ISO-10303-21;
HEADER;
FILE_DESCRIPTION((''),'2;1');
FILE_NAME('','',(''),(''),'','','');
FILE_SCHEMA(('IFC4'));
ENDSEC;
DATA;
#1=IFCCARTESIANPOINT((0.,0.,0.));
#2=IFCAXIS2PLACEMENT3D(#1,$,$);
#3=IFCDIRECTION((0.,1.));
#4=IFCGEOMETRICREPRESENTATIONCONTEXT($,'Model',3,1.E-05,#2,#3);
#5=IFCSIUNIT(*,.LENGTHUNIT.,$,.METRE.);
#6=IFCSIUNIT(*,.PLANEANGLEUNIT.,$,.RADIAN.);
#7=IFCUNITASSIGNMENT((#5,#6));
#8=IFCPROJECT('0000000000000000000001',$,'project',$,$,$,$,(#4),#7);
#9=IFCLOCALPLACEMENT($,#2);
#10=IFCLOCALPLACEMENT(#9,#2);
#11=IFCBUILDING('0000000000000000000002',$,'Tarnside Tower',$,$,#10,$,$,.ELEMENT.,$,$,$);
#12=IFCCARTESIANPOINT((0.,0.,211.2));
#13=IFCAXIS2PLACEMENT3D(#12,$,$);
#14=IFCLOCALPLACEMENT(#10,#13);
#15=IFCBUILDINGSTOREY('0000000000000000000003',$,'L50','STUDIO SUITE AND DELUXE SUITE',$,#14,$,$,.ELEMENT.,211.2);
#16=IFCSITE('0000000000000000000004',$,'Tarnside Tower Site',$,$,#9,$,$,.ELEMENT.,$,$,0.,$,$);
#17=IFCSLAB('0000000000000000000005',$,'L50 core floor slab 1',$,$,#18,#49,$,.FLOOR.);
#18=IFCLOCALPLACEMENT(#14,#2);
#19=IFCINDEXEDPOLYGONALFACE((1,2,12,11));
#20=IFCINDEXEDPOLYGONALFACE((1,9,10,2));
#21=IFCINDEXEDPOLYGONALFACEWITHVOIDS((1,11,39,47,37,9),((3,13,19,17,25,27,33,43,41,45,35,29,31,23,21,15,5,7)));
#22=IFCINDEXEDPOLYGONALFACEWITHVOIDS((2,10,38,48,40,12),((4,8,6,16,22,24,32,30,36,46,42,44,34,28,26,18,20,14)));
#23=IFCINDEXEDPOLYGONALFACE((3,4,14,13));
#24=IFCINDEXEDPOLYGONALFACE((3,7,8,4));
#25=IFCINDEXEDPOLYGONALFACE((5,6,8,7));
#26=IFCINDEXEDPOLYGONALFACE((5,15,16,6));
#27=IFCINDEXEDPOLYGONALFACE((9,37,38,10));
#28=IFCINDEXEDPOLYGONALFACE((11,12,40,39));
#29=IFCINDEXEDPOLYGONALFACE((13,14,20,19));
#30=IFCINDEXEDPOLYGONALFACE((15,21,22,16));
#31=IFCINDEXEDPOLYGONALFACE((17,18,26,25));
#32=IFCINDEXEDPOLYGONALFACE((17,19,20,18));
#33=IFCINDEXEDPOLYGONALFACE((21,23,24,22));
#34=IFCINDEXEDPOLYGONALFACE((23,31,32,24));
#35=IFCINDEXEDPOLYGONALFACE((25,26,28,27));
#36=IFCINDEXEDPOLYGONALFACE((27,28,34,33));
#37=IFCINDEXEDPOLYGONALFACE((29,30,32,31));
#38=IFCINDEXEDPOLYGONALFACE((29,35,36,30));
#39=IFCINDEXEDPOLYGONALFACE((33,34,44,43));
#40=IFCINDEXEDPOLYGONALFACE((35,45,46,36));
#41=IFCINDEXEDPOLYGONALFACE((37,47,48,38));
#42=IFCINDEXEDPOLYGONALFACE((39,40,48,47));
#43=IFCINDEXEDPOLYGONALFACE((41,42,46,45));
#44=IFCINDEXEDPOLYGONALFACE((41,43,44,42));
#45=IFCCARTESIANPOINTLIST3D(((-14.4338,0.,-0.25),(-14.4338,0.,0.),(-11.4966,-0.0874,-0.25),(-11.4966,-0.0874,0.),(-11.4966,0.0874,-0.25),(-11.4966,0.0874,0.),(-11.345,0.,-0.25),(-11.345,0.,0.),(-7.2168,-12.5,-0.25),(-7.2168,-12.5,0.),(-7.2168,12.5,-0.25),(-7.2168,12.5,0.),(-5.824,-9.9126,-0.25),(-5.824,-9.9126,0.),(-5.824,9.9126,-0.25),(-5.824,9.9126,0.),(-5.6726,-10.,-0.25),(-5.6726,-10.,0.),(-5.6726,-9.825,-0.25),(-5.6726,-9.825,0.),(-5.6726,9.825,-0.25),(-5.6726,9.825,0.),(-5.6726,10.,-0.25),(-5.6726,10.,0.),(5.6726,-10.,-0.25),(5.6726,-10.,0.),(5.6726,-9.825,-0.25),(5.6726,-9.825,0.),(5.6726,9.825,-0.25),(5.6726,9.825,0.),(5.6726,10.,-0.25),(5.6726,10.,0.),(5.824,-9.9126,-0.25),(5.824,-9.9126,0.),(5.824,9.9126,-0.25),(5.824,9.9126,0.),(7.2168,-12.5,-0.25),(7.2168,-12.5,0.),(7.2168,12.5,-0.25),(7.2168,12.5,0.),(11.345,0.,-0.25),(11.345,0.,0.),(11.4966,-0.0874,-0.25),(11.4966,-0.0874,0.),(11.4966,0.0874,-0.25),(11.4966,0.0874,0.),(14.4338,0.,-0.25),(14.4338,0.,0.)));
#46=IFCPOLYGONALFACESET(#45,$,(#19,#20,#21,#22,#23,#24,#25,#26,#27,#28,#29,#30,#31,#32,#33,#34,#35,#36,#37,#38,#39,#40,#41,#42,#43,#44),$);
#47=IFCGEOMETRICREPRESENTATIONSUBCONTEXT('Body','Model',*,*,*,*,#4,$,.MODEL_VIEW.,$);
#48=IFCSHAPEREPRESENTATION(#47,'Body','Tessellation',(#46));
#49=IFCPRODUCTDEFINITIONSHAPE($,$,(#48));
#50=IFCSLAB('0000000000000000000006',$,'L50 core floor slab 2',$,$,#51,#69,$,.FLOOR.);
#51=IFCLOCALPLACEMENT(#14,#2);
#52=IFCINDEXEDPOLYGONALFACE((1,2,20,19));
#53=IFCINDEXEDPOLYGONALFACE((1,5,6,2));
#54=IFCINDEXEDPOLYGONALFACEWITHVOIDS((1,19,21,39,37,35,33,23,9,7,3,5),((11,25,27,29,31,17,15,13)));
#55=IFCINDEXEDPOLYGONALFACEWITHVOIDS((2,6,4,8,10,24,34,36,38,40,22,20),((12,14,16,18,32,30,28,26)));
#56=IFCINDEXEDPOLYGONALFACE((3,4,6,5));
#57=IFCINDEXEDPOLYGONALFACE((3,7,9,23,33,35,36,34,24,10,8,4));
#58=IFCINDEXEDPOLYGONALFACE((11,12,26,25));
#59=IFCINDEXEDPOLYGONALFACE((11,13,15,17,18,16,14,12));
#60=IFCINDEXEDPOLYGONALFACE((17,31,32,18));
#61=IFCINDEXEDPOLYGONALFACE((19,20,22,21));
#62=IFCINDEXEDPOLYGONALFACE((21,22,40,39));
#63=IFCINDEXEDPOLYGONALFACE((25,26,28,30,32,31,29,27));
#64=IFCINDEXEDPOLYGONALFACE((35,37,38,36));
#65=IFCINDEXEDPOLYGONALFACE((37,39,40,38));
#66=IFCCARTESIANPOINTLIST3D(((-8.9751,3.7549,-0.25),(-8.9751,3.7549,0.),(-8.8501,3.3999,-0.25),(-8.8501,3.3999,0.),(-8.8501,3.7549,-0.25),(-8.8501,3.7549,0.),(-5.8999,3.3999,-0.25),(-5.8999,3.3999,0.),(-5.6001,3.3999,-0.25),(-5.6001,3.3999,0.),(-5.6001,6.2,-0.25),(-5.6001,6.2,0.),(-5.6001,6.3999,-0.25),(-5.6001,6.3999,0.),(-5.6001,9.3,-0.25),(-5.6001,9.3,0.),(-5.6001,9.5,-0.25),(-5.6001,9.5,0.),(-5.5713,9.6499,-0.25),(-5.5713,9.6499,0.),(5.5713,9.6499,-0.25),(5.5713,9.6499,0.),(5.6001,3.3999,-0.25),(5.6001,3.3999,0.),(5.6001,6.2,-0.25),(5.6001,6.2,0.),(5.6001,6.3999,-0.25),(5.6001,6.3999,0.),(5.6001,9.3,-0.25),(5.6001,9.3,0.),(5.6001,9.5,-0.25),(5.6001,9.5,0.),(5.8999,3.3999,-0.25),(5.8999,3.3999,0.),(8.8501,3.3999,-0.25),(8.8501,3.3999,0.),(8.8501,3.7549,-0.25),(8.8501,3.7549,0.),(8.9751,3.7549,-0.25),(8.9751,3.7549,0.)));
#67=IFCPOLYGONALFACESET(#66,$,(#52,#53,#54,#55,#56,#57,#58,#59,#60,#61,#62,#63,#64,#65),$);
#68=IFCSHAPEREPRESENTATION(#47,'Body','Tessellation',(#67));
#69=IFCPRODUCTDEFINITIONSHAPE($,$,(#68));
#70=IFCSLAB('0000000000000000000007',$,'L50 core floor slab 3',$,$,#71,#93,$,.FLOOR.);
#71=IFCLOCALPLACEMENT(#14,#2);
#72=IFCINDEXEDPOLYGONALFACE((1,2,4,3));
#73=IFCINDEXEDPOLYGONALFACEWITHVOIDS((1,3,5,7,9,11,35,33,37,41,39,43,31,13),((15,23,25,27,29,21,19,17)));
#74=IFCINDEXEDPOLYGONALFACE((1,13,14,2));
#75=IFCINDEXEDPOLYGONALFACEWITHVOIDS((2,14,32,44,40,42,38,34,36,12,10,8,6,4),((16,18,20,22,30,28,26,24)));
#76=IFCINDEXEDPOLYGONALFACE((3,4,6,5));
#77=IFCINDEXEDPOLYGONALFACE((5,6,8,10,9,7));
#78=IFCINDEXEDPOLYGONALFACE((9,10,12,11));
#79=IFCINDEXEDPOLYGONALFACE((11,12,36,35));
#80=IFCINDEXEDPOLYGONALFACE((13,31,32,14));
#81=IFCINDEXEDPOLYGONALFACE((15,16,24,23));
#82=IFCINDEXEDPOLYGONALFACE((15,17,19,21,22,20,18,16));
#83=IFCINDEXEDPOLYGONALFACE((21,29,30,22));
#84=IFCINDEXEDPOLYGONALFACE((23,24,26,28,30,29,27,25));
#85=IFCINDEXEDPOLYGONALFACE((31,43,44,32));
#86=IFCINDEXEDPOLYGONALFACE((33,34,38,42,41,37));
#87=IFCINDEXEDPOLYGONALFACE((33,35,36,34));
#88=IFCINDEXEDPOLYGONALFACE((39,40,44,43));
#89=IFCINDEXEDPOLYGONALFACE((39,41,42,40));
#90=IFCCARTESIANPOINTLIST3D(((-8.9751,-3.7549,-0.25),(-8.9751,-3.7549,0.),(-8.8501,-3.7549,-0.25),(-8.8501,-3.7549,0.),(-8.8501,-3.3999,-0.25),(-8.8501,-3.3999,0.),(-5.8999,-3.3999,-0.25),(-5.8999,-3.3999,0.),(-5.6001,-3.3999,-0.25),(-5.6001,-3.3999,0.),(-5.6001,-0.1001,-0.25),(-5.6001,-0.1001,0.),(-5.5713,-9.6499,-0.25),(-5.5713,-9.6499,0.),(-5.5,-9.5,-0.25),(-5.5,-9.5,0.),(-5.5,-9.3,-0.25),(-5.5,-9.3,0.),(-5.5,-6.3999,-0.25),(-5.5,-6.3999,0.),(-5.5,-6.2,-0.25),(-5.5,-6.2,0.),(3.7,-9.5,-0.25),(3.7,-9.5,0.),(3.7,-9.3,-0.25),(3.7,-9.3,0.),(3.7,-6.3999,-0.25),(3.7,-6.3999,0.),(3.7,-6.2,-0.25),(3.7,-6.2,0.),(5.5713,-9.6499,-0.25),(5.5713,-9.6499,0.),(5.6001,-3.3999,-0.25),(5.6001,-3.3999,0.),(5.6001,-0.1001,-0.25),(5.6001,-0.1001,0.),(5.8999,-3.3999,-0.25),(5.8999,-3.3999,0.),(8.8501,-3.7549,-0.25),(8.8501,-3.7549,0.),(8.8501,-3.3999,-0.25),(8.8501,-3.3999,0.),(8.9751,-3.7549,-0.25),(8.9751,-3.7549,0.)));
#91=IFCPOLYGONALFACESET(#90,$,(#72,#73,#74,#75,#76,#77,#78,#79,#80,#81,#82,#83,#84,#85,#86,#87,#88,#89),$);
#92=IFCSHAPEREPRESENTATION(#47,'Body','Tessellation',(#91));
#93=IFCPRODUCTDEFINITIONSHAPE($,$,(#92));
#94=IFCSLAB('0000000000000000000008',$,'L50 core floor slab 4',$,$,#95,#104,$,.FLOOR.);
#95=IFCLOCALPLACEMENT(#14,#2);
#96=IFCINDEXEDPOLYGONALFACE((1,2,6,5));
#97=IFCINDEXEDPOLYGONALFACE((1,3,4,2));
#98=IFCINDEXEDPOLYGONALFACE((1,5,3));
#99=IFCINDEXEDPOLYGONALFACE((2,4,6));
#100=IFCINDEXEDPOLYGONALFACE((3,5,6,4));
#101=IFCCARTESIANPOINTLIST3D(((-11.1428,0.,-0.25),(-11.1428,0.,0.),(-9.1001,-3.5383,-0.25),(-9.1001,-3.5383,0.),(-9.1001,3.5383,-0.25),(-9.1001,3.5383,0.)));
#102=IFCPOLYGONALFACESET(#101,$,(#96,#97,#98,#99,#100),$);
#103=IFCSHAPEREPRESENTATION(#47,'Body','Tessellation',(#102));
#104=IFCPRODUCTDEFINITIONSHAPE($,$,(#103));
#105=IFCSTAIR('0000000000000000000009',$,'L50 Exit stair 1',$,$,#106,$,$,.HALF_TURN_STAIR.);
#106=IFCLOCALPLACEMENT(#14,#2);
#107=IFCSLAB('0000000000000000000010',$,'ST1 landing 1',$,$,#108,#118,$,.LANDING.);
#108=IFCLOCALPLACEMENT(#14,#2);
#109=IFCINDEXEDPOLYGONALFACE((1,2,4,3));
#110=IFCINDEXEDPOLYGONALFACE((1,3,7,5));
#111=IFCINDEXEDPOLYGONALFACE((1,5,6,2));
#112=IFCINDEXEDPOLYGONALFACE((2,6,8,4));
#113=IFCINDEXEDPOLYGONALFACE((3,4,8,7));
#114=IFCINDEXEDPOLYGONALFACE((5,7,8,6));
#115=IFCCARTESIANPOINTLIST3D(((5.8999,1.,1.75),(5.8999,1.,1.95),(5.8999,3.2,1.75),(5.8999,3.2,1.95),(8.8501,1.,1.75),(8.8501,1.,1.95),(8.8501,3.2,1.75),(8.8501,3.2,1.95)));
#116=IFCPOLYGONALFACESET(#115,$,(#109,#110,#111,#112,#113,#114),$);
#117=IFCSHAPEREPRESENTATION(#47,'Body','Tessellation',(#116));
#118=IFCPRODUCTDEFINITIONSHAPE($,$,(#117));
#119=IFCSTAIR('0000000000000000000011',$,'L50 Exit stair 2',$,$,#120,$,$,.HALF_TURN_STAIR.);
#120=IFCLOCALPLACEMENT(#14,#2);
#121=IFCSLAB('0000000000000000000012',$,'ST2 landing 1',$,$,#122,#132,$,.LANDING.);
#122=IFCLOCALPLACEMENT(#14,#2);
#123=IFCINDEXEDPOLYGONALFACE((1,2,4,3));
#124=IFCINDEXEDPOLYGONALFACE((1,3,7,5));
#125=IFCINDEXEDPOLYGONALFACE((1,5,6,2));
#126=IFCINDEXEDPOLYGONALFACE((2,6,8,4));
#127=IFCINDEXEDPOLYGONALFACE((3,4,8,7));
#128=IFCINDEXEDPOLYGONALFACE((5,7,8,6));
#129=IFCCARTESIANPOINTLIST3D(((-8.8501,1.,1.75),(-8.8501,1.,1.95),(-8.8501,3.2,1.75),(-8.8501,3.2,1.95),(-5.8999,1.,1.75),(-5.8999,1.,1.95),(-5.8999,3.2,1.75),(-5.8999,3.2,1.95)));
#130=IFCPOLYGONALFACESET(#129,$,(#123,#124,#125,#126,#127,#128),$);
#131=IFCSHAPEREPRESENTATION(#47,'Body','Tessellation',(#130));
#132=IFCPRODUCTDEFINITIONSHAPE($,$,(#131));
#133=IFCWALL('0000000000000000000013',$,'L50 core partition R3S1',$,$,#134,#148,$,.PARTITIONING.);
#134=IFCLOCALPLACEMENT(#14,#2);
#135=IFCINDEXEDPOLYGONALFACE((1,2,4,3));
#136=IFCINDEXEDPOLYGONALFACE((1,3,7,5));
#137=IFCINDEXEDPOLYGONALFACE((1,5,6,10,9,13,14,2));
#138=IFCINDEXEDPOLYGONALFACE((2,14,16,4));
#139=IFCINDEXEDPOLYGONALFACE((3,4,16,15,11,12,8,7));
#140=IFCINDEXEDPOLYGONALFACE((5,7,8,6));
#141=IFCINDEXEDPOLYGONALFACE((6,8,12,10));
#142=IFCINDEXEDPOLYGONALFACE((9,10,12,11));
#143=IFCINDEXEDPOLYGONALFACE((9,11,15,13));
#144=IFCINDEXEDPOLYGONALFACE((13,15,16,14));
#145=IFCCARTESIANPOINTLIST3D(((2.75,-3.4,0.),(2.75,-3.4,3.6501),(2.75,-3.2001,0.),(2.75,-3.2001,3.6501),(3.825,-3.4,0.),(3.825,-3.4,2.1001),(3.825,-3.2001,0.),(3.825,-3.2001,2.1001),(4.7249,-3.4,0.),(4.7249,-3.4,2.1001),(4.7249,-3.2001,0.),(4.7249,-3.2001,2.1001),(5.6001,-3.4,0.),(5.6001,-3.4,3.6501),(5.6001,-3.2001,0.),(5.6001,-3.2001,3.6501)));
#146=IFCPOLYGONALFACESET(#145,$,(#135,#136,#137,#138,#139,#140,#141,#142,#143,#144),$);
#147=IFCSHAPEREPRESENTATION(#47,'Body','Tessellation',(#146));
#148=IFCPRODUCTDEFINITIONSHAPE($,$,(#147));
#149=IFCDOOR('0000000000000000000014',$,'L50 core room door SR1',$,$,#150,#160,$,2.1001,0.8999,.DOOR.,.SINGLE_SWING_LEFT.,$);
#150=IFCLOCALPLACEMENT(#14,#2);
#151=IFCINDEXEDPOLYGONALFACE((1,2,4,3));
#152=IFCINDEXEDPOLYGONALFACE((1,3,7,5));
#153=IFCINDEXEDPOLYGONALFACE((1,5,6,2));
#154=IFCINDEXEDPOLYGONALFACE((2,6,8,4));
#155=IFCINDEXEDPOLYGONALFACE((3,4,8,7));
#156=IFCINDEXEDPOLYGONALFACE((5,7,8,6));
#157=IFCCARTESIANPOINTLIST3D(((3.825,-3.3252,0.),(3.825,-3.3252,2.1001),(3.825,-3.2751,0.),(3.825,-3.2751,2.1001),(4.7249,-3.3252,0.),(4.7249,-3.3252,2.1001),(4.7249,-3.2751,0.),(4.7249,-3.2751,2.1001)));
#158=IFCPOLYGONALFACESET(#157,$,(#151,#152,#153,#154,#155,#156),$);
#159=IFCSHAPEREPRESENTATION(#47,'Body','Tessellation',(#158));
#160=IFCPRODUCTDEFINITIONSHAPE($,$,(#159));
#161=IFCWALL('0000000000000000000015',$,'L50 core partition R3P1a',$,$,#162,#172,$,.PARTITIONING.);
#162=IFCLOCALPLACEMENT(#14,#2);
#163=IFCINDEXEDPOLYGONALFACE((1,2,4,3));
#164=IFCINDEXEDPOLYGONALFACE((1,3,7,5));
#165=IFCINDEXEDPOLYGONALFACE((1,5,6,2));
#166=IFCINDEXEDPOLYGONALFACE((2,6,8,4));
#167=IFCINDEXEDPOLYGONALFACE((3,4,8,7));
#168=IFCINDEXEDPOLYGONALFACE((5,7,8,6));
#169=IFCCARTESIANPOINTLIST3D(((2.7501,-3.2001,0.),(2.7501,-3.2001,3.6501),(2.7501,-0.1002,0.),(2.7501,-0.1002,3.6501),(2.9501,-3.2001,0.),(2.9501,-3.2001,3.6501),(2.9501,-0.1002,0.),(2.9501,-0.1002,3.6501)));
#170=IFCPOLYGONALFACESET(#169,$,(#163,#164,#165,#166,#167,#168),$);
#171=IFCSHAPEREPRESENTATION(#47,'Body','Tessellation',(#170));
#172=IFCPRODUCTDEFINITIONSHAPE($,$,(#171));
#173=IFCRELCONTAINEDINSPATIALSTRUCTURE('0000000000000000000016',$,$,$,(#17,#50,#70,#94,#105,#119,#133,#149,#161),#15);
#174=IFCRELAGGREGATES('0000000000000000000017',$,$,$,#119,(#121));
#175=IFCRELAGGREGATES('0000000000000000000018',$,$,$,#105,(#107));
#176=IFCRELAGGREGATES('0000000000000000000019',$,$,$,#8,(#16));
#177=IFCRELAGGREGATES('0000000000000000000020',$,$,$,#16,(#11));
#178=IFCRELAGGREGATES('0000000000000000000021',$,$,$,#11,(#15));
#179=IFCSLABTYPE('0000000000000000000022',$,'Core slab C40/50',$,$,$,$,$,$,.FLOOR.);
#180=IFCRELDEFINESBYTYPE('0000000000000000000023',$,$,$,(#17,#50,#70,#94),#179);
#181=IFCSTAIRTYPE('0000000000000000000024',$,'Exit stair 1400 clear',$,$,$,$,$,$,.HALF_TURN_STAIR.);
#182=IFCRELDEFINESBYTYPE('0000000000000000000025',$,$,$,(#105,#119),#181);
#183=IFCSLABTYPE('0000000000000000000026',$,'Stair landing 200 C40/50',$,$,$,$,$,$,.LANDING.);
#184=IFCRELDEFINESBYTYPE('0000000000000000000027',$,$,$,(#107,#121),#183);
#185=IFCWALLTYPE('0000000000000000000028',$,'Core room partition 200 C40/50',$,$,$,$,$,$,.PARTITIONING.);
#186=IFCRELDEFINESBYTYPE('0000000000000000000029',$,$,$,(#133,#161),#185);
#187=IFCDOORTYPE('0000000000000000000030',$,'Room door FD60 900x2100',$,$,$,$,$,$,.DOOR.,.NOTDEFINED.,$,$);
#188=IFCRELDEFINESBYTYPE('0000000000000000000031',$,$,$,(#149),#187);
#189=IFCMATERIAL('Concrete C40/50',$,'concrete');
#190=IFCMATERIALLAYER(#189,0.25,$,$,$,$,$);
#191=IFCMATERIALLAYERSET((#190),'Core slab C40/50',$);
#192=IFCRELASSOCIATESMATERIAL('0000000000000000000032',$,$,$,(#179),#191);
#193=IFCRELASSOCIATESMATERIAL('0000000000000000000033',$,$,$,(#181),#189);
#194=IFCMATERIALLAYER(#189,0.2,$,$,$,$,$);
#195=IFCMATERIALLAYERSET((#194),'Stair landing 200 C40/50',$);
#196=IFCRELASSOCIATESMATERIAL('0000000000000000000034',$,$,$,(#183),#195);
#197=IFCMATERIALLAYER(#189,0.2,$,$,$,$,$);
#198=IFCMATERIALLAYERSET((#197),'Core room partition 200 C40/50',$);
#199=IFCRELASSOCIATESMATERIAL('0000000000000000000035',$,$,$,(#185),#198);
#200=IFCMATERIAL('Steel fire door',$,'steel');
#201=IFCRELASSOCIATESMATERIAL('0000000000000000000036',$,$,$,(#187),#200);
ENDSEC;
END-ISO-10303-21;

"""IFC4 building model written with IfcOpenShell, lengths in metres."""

from ifc_helpers import new_model, si_unit, direction, frame, frame_2d, origin, place, context, subcontext, project, spatial, polyline, rectangle, outline, extrude, material, layer, layer_set, type_object, element, fill, aggregate, save


model = new_model("IFC4")

# Units and contexts
model_context = context("Model", 3, precision=1e-05, world=origin(), true_north=direction((0.0, 1.0)))
body_context = subcontext(model_context, "Body", "Model", "MODEL_VIEW")
ifc_project = project(units=[si_unit("LENGTHUNIT", "METRE"), si_unit("PLANEANGLEUNIT", "RADIAN")], contexts=[model_context])

# Site, building, storey
site_placement = place(None, origin())
site = spatial("IfcSite", under=ifc_project, at=site_placement, Name="Tarnside Tower Site", CompositionType="ELEMENT", RefElevation=0.0)
building_placement = place(site_placement, origin())
building = spatial("IfcBuilding", under=site, at=building_placement, Name="Tarnside Tower", CompositionType="ELEMENT")
storey_placement = place(building_placement, frame((0.0, 0.0, 211.2)))
storey = spatial("IfcBuildingStorey", under=building, at=storey_placement, Name="L50", Description="STUDIO SUITE AND DELUXE SUITE", CompositionType="ELEMENT", Elevation=211.2)

# Slabs
ifc_material_1 = material(Name="Concrete C40/50", Category="concrete")
ifc_layer_1 = layer(ifc_material_1, 0.25)
ifc_layer_set_1 = layer_set([ifc_layer_1], Name="Core slab C40/50")
slab_type_1 = type_object("IfcSlabType", Name="Core slab C40/50", PredefinedType="FLOOR", material=ifc_layer_set_1)
slab_1_placement = place(storey_placement, frame((0.0, 0.0, -0.25)))
element("IfcSlab", 1, at=slab_1_placement, inside=storey, type_object=slab_type_1, Name="L50 core floor slab 1", PredefinedType="FLOOR", context=body_context, shape_type="SweptSolid", body=[
    extrude(outline(polyline([(-7.2168, 12.5), (7.2168, 12.5), (14.4338, 0.0), (7.2168, -12.5), (-7.2168, -12.5), (-14.4338, 0.0), (-7.2168, 12.5)]), holes=[polyline([(5.824, -9.9126), (11.4966, -0.0874), (11.345, 0.0), (11.4966, 0.0874), (5.824, 9.9126), (5.6726, 9.825), (5.6726, 10.0), (-5.6726, 10.0), (-5.6726, 9.825), (-5.824, 9.9126), (-11.4966, 0.0874), (-11.345, 0.0), (-11.4966, -0.0874), (-5.824, -9.9126), (-5.6726, -9.825), (-5.6726, -10.0), (5.6726, -10.0), (5.6726, -9.825), (5.824, -9.9126)])]), origin(), (0.0, 0.0, 1.0), 0.25),
])
slab_2_placement = place(storey_placement, frame((0.0, 0.0, -0.25)))
element("IfcSlab", 2, at=slab_2_placement, inside=storey, type_object=slab_type_1, Name="L50 core floor slab 2", PredefinedType="FLOOR", context=body_context, shape_type="SweptSolid", body=[
    extrude(outline(polyline([(-8.9751, 3.7549), (-5.5713, 9.6499), (5.5713, 9.6499), (8.9751, 3.7549), (8.8501, 3.7549), (8.8501, 3.3999), (5.8999, 3.3999), (5.6001, 3.3999), (5.6001, 3.3999), (-5.6001, 3.3999), (-5.8999, 3.3999), (-8.8501, 3.3999), (-8.8501, 3.7549), (-8.9751, 3.7549)]), holes=[polyline([(-5.6001, 6.2), (5.6001, 6.2), (5.6001, 6.3999), (5.6001, 9.3), (5.6001, 9.5), (-5.6001, 9.5), (-5.6001, 9.3), (-5.6001, 6.3999), (-5.6001, 6.2)])]), origin(), (0.0, 0.0, 1.0), 0.25),
])
slab_3_placement = place(storey_placement, frame((0.0, 0.0, -0.25)))
element("IfcSlab", 3, at=slab_3_placement, inside=storey, type_object=slab_type_1, Name="L50 core floor slab 3", PredefinedType="FLOOR", context=body_context, shape_type="SweptSolid", body=[
    extrude(outline(polyline([(5.6001, -3.3999), (5.8999, -3.3999), (8.8501, -3.3999), (8.8501, -3.7549), (8.9751, -3.7549), (5.5713, -9.6499), (-5.5713, -9.6499), (-8.9751, -3.7549), (-8.8501, -3.7549), (-8.8501, -3.3999), (-5.8999, -3.3999), (-5.6001, -3.3999), (-5.6001, -0.1001), (5.6001, -0.1001), (5.6001, -3.3999)]), holes=[polyline([(-5.5, -9.3), (-5.5, -9.5), (3.7, -9.5), (3.7, -9.3), (3.7, -6.3999), (3.7, -6.2), (-5.5, -6.2), (-5.5, -6.3999), (-5.5, -9.3)])]), origin(), (0.0, 0.0, 1.0), 0.25),
])
slab_4_placement = place(storey_placement, frame((0.0, 0.0, -0.25)))
element("IfcSlab", 4, at=slab_4_placement, inside=storey, type_object=slab_type_1, Name="L50 core floor slab 4", PredefinedType="FLOOR", context=body_context, shape_type="SweptSolid", body=[
    extrude(outline(polyline([(-11.1428, 0.0), (-9.1001, 3.5383), (-9.1001, -3.5383), (-11.1428, 0.0)])), origin(), (0.0, 0.0, 1.0), 0.25),
])

# Stairs, slabs
stair_type = type_object("IfcStairType", Name="Exit stair 1400 clear", PredefinedType="HALF_TURN_STAIR", material=ifc_material_1)
stair_1_placement = place(storey_placement, origin())
stair_1 = element("IfcStair", 5, at=stair_1_placement, inside=storey, type_object=stair_type, Name="L50 Exit stair 1", PredefinedType="HALF_TURN_STAIR")
ifc_layer_2 = layer(ifc_material_1, 0.2)
ifc_layer_set_2 = layer_set([ifc_layer_2], Name="Stair landing 200 C40/50")
slab_type_2 = type_object("IfcSlabType", Name="Stair landing 200 C40/50", PredefinedType="LANDING", material=ifc_layer_set_2)
slab_5_placement = place(storey_placement, frame((0.0, 0.0, 1.75)))
slab_5 = element("IfcSlab", 6, at=slab_5_placement, type_object=slab_type_2, Name="ST1 landing 1", PredefinedType="LANDING", context=body_context, shape_type="SweptSolid", body=[
    extrude(outline(polyline([(8.8501, 1.0), (8.8501, 3.2), (5.8999, 3.2), (5.8999, 1.0), (8.8501, 1.0)])), origin(), (0.0, 0.0, 1.0), 0.2),
])
stair_2_placement = place(storey_placement, origin())
stair_2 = element("IfcStair", 7, at=stair_2_placement, inside=storey, type_object=stair_type, Name="L50 Exit stair 2", PredefinedType="HALF_TURN_STAIR")
slab_6_placement = place(storey_placement, frame((0.0, 0.0, 1.75)))
slab_6 = element("IfcSlab", 8, at=slab_6_placement, type_object=slab_type_2, Name="ST2 landing 1", PredefinedType="LANDING", context=body_context, shape_type="SweptSolid", body=[
    extrude(outline(polyline([(-5.8999, 1.0), (-5.8999, 3.2), (-8.8501, 3.2), (-8.8501, 1.0), (-5.8999, 1.0)])), origin(), (0.0, 0.0, 1.0), 0.2),
])
aggregate(stair_2, [slab_6])

# Wall, opening, door
ifc_layer_3 = layer(ifc_material_1, 0.2)
ifc_layer_set_3 = layer_set([ifc_layer_3], Name="Core room partition 200 C40/50")
wall_type_1 = type_object("IfcWallType", Name="Core room partition 200 C40/50", PredefinedType="PARTITIONING", material=ifc_layer_set_3)
wall_1_placement = place(storey_placement, frame((2.75, -3.3, 0.0), z_axis=(0.0, 0.0, 1.0), x_axis=(1.0, 0.0, 0.0)))
wall_1 = element("IfcWall", 9, at=wall_1_placement, inside=storey, type_object=wall_type_1, Name="L50 core partition R3S1", PredefinedType="PARTITIONING", context=body_context, shape_type="SweptSolid", body=[
    extrude(rectangle(XDim=2.8501, YDim=0.2, at=frame_2d((1.425, 0.0))), origin(), (0.0, 0.0, 1.0), 3.6501),
])
opening_1_placement = place(wall_1_placement, frame((1.075, 0.0, 0.0)))
opening_1 = element("IfcOpeningElement", 10, at=opening_1_placement, cuts=wall_1, PredefinedType="OPENING", context=body_context, shape_type="SweptSolid", body=[
    extrude(rectangle(XDim=0.8999, YDim=2.1001, at=frame_2d((0.45, 1.05))), frame((0.0, 0.1099, 0.0), z_axis=(0.0, -1.0, 0.0), x_axis=(1.0, 0.0, 0.0)), (0.0, 0.0, 1.0), 0.22),
])
ifc_material_2 = material(Name="Steel fire door", Category="steel")
door_type_1 = type_object("IfcDoorType", Name="Room door FD60 900x2100", OperationType="NOTDEFINED", PredefinedType="DOOR", material=ifc_material_2)
door_1_placement = place(opening_1_placement, origin())
door_1 = element("IfcDoor", 11, at=door_1_placement, inside=storey, type_object=door_type_1, Name="L50 core room door SR1", OperationType="SINGLE_SWING_LEFT", OverallHeight=2.1001, OverallWidth=0.8999, PredefinedType="DOOR", context=body_context, shape_type="SweptSolid", body=[
    extrude(rectangle(XDim=0.8999, YDim=2.1001, at=frame_2d((0.45, 1.05))), frame((0.0, 0.0249, 0.0), z_axis=(0.0, -1.0, 0.0), x_axis=(1.0, 0.0, 0.0)), (0.0, 0.0, 1.0), 0.05),
])
fill(opening_1, door_1)

# Wall
wall_2_placement = place(storey_placement, frame((2.8501, -3.2, 0.0), z_axis=(0.0, 0.0, 1.0), x_axis=(0.0, 1.0, 0.0)))
element("IfcWall", 12, at=wall_2_placement, inside=storey, type_object=wall_type_1, Name="L50 core partition R3P1a", PredefinedType="PARTITIONING", context=body_context, shape_type="SweptSolid", body=[
    extrude(rectangle(XDim=3.0999, YDim=0.2, at=frame_2d((1.5498, 0.0))), origin(), (0.0, 0.0, 1.0), 3.6501),
])

aggregate(stair_1, [slab_5])

save(model, "model.ifc")
